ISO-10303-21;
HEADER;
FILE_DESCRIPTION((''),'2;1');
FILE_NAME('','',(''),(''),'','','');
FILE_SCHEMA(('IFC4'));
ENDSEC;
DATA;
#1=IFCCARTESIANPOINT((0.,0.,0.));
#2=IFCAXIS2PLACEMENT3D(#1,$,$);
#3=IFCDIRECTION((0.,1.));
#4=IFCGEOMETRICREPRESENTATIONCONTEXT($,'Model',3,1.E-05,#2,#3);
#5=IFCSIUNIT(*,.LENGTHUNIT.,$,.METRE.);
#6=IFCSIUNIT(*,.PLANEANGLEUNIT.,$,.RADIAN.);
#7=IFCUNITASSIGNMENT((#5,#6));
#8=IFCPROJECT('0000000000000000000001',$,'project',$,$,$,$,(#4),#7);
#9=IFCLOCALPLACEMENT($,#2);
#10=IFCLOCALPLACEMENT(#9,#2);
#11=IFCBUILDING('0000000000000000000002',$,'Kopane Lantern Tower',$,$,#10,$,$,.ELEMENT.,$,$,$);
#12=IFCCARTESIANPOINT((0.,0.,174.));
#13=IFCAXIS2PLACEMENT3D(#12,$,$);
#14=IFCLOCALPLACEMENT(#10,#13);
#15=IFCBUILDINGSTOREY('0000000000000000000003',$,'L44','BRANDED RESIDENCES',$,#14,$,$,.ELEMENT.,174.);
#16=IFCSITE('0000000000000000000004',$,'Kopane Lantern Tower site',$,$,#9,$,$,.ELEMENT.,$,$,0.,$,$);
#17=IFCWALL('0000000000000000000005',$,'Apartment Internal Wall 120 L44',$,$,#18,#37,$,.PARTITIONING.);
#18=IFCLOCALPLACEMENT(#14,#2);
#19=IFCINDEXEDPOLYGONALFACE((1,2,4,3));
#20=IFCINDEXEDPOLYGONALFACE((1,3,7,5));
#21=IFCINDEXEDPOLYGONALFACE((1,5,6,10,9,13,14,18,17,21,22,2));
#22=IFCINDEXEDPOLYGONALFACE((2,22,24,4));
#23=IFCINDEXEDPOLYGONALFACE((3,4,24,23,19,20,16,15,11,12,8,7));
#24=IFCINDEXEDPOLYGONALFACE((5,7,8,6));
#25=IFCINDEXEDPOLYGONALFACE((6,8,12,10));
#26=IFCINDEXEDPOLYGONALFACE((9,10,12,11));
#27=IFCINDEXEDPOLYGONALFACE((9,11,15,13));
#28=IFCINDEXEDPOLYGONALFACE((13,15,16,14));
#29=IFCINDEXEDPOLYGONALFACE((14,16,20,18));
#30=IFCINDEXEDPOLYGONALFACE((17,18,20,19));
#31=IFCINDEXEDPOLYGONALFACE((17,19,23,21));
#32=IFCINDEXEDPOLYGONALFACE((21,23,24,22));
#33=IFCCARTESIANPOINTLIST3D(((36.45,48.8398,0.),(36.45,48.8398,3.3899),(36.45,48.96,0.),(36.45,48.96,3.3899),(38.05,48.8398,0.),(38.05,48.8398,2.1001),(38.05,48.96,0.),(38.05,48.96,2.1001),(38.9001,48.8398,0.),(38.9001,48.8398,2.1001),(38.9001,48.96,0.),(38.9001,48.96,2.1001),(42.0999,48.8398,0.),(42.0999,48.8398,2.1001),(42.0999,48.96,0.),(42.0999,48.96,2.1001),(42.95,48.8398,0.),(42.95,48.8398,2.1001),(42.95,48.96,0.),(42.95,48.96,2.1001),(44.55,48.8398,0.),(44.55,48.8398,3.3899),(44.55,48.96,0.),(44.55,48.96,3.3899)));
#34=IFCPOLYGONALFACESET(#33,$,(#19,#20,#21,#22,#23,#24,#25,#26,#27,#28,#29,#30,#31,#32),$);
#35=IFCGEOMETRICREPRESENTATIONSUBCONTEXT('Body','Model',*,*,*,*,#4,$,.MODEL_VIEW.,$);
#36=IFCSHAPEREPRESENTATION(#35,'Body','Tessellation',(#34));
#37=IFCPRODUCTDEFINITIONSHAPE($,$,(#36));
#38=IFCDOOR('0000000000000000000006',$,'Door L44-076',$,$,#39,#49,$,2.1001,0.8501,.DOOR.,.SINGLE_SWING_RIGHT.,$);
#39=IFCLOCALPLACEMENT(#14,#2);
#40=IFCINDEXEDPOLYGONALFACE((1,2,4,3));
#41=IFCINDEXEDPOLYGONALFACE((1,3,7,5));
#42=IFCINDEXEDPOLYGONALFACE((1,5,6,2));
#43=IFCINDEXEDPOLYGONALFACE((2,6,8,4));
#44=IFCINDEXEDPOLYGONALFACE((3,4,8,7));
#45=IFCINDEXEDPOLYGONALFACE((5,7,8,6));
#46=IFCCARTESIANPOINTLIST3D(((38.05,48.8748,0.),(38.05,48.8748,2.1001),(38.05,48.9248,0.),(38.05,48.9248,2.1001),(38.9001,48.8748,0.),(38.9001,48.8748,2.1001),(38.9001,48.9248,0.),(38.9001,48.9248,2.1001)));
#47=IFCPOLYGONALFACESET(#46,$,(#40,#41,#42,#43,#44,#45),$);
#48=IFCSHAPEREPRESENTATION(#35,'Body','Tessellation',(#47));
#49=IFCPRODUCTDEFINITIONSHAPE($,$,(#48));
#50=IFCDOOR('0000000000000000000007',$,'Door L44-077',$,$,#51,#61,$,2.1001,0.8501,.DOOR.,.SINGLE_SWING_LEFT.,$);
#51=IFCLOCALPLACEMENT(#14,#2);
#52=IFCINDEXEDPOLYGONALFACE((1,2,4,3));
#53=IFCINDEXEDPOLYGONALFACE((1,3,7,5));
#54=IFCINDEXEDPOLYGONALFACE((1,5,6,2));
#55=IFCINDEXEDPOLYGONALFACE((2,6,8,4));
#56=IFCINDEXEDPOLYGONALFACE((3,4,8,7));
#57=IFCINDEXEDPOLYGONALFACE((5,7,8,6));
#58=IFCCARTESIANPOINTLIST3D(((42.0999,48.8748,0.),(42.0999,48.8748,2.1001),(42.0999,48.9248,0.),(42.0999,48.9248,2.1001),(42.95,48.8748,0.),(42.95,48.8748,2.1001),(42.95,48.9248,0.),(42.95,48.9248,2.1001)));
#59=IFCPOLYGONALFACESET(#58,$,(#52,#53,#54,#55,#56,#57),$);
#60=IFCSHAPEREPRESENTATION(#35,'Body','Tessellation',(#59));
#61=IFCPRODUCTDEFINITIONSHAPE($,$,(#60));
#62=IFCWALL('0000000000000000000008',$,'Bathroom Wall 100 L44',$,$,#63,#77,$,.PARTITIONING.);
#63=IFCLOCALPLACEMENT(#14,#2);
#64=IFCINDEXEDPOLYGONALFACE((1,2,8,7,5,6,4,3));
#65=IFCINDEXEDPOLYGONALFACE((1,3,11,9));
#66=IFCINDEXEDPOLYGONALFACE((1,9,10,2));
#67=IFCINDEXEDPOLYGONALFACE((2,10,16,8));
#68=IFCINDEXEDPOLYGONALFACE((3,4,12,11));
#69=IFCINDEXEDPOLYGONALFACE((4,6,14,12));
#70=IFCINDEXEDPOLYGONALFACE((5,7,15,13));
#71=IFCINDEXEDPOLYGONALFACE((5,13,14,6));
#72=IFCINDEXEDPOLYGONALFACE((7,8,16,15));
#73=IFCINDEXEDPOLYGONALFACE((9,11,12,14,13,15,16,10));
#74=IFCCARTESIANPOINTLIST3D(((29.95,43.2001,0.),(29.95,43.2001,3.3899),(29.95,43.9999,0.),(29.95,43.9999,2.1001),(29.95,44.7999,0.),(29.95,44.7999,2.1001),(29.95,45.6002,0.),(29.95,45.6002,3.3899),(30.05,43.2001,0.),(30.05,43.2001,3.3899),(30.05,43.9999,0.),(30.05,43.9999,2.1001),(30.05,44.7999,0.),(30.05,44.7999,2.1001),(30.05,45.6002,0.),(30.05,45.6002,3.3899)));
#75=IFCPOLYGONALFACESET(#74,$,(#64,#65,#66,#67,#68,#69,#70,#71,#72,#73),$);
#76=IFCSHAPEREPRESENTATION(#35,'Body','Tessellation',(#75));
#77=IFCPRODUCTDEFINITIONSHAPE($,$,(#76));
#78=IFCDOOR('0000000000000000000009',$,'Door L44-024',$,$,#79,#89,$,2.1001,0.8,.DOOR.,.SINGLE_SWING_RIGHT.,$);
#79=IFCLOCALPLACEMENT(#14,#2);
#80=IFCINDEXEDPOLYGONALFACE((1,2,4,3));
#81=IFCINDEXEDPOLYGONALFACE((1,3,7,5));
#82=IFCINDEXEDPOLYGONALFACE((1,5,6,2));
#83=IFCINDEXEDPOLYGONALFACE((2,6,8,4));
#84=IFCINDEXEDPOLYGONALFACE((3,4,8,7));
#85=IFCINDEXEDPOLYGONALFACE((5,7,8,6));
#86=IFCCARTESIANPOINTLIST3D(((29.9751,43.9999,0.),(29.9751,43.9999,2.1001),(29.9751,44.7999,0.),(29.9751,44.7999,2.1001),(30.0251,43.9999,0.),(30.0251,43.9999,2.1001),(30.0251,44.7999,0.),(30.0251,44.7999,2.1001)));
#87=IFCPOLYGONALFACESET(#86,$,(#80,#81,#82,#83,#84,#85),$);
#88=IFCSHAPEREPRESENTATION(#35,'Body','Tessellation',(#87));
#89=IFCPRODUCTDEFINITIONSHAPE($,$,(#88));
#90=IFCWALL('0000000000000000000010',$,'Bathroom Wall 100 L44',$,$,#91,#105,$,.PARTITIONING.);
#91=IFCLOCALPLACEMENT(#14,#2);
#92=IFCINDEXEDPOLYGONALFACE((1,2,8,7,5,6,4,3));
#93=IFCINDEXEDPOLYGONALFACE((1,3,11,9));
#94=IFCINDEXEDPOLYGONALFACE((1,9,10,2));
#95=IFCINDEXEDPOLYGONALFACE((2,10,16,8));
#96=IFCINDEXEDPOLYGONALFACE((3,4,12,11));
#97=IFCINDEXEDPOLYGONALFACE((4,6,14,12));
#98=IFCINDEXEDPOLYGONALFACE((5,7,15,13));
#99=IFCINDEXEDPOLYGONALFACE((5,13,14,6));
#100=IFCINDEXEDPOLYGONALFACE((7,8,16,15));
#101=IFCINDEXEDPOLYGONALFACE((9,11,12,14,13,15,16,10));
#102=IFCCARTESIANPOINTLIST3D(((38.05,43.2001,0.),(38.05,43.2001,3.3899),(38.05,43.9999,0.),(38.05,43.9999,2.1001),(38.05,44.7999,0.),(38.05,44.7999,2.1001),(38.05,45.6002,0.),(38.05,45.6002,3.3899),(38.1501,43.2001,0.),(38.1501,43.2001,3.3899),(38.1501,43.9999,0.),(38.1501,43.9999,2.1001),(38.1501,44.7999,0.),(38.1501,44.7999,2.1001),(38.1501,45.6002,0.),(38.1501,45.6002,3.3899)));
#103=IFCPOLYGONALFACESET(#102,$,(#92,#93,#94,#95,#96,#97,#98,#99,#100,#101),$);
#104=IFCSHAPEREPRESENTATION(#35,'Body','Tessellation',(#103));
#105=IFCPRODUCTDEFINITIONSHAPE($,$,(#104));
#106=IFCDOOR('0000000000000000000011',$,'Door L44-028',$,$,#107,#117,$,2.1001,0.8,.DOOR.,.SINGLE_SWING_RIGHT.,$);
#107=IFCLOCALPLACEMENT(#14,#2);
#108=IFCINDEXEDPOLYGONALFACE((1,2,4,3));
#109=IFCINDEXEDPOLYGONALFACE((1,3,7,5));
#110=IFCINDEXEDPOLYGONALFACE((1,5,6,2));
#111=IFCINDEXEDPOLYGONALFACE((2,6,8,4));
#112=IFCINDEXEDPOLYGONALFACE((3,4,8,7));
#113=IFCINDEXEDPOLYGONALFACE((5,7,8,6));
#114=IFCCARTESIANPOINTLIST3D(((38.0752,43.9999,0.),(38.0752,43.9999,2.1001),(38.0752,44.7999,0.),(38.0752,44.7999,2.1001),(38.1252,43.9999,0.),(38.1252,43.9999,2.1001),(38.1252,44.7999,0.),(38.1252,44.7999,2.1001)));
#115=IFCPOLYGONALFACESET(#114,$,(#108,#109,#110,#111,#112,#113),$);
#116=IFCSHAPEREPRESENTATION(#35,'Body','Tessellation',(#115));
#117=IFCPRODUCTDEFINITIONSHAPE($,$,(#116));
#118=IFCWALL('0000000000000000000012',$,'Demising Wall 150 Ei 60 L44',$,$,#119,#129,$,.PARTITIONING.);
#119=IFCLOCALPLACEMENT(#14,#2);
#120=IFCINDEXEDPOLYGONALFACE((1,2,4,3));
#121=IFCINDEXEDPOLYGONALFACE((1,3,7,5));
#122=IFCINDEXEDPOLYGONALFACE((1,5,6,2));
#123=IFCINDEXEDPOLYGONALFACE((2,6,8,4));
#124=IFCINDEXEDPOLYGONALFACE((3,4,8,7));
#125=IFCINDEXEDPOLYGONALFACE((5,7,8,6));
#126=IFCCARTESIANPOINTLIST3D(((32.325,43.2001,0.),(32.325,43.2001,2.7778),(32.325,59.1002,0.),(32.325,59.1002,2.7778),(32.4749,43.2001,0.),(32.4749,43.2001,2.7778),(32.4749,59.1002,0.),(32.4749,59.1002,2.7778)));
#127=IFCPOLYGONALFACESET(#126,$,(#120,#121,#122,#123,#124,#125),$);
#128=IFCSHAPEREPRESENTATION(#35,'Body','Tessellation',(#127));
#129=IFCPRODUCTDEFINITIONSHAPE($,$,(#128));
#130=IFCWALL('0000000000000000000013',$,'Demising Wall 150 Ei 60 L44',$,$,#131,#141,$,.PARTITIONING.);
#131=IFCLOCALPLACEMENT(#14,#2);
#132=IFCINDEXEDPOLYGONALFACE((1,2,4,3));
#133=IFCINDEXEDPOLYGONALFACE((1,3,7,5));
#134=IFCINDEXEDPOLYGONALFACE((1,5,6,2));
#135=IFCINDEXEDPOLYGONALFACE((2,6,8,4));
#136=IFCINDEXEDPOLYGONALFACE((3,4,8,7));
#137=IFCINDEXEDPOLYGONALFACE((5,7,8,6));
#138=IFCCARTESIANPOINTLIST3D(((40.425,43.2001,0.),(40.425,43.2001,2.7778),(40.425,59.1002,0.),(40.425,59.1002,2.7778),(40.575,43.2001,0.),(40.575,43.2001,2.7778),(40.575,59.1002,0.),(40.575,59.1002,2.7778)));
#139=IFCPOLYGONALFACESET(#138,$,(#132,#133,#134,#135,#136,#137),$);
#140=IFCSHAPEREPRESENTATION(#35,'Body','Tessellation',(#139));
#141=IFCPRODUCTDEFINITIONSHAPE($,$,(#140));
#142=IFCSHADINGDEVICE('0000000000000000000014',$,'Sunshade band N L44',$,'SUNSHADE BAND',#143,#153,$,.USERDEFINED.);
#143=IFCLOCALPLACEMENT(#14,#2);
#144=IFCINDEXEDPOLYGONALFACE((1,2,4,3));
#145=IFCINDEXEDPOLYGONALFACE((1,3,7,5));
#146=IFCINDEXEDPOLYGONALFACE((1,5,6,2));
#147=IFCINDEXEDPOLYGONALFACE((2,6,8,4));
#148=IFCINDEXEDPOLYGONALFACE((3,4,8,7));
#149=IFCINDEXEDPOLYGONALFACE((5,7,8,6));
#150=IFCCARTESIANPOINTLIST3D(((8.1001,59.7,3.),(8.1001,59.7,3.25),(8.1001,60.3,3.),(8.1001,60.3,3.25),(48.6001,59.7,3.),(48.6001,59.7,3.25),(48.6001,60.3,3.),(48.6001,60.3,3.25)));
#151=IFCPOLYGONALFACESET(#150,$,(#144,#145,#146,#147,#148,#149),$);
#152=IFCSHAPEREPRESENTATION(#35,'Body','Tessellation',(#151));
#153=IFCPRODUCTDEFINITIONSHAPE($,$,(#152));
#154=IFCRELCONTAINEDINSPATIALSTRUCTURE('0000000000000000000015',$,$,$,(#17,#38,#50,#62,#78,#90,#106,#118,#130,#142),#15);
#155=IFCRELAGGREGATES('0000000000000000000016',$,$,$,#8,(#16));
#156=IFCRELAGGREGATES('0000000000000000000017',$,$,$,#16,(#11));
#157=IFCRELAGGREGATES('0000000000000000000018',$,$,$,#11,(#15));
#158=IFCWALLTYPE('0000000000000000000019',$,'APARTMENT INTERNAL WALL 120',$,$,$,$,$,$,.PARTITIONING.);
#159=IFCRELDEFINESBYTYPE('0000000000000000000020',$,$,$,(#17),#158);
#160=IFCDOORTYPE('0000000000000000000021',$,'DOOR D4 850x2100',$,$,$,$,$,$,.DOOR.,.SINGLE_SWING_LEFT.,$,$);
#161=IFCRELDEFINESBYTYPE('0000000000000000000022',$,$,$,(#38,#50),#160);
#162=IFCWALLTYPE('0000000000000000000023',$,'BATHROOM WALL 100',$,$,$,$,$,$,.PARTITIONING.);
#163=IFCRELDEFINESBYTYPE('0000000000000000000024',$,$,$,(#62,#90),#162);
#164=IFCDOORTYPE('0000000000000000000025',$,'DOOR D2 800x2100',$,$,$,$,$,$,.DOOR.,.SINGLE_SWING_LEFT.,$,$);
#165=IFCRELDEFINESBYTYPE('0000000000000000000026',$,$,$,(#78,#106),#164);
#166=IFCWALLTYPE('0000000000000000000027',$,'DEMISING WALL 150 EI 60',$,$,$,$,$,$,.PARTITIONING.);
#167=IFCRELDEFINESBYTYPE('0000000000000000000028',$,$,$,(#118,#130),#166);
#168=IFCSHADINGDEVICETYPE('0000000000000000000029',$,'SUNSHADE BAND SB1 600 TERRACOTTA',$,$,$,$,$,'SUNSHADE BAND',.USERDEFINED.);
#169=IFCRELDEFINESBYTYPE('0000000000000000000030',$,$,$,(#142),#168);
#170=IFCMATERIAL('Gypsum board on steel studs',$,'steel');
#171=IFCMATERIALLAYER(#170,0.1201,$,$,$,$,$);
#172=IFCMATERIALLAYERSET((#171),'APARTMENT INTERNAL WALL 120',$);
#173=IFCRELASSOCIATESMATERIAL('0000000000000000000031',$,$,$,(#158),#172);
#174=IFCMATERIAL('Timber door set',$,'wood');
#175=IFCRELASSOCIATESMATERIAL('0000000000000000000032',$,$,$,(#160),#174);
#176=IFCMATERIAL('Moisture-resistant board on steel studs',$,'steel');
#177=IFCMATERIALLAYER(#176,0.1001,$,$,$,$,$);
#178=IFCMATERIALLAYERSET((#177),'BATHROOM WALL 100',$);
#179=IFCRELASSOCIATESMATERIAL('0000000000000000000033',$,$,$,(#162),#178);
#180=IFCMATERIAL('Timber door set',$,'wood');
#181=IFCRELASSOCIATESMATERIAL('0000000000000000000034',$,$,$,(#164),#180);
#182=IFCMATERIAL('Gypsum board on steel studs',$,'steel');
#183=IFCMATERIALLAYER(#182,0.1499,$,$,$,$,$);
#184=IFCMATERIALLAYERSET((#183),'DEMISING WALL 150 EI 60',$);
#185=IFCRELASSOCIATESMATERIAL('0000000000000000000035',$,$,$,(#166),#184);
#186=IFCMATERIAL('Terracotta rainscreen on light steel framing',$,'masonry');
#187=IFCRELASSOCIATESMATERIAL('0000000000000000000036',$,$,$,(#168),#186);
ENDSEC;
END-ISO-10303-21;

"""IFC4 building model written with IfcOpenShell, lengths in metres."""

from ifc_helpers import new_model, si_unit, direction, frame, frame_2d, origin, origin_2d, place, context, subcontext, project, spatial, rectangle, extrude, material, layer, layer_set, type_object, element, fill, save


model = new_model("IFC4")

# Units and contexts
model_context = context("Model", 3, precision=1e-05, world=origin(), true_north=direction((0.0, 1.0)))
body_context = subcontext(model_context, "Body", "Model", "MODEL_VIEW")
ifc_project = project(units=[si_unit("LENGTHUNIT", "METRE"), si_unit("PLANEANGLEUNIT", "RADIAN")], contexts=[model_context])

# Site, building, storey
site_placement = place(None, origin())
site = spatial("IfcSite", under=ifc_project, at=site_placement, Name="Kopane Lantern Tower site", CompositionType="ELEMENT", RefElevation=0.0)
building_placement = place(site_placement, origin())
building = spatial("IfcBuilding", under=site, at=building_placement, Name="Kopane Lantern Tower", CompositionType="ELEMENT")
storey_placement = place(building_placement, frame((0.0, 0.0, 174.0)))
storey = spatial("IfcBuildingStorey", under=building, at=storey_placement, Name="L44", Description="BRANDED RESIDENCES", CompositionType="ELEMENT", Elevation=174.0)

# Shared definitions
ifc_material_1 = material(Name="Gypsum board on steel studs", Category="steel")
ifc_layer_1 = layer(ifc_material_1, 0.1201)
ifc_layer_set_1 = layer_set([ifc_layer_1], Name="APARTMENT INTERNAL WALL 120")
wall_type_1 = type_object("IfcWallType", Name="APARTMENT INTERNAL WALL 120", PredefinedType="PARTITIONING", material=ifc_layer_set_1)

# Shared definitions
ifc_material_2 = material(Name="Timber door set", Category="wood")
door_type_1 = type_object("IfcDoorType", Name="DOOR D4 850x2100", OperationType="SINGLE_SWING_LEFT", PredefinedType="DOOR", material=ifc_material_2)

# Wall, openings, doors
wall_1_placement = place(storey_placement, frame((36.45, 48.8999, 0.0), z_axis=(0.0, 0.0, 1.0), x_axis=(1.0, 0.0, 0.0)))
wall_1 = element("IfcWall", 1, at=wall_1_placement, inside=storey, type_object=wall_type_1, Name="Apartment Internal Wall 120 L44", PredefinedType="PARTITIONING", context=body_context, shape_type="SweptSolid", body=[
    extrude(rectangle(XDim=8.1001, YDim=0.1201, at=frame_2d((4.05, 0.0))), origin(), (0.0, 0.0, 1.0), 3.3899),
])
opening_1_placement = place(wall_1_placement, frame((1.6001, 0.0, 0.0)))
opening_1 = element("IfcOpeningElement", 2, at=opening_1_placement, cuts=wall_1, PredefinedType="OPENING", context=body_context, shape_type="SweptSolid", body=[
    extrude(rectangle(XDim=0.8501, YDim=2.1001, at=frame_2d((0.425, 1.05))), frame((0.0, 0.0701, 0.0), z_axis=(0.0, -1.0, 0.0), x_axis=(1.0, 0.0, 0.0)), (0.0, 0.0, 1.0), 0.1401),
])
opening_2_placement = place(wall_1_placement, frame((5.6499, 0.0, 0.0)))
opening_2 = element("IfcOpeningElement", 3, at=opening_2_placement, cuts=wall_1, PredefinedType="OPENING", context=body_context, shape_type="SweptSolid", body=[
    extrude(rectangle(XDim=0.8501, YDim=2.1001, at=frame_2d((0.425, 1.05))), frame((0.0, 0.0701, 0.0), z_axis=(0.0, -1.0, 0.0), x_axis=(1.0, 0.0, 0.0)), (0.0, 0.0, 1.0), 0.1401),
])
door_1_placement = place(opening_1_placement, origin())
door_1 = element("IfcDoor", 4, at=door_1_placement, inside=storey, type_object=door_type_1, Name="Door L44-076", OperationType="SINGLE_SWING_RIGHT", OverallHeight=2.1001, OverallWidth=0.8501, PredefinedType="DOOR", context=body_context, shape_type="SweptSolid", body=[
    extrude(rectangle(XDim=0.8501, YDim=2.1001, at=frame_2d((0.425, 1.05))), frame((0.0, 0.0249, 0.0), z_axis=(0.0, -1.0, 0.0), x_axis=(1.0, 0.0, 0.0)), (0.0, 0.0, 1.0), 0.05),
])
fill(opening_1, door_1)
door_2_placement = place(opening_2_placement, origin())
door_2 = element("IfcDoor", 5, at=door_2_placement, inside=storey, type_object=door_type_1, Name="Door L44-077", OperationType="SINGLE_SWING_LEFT", OverallHeight=2.1001, OverallWidth=0.8501, PredefinedType="DOOR", context=body_context, shape_type="SweptSolid", body=[
    extrude(rectangle(XDim=0.8501, YDim=2.1001, at=frame_2d((0.425, 1.05))), frame((0.0, 0.0249, 0.0), z_axis=(0.0, -1.0, 0.0), x_axis=(1.0, 0.0, 0.0)), (0.0, 0.0, 1.0), 0.05),
])
fill(opening_2, door_2)

# Walls, openings, doors
ifc_material_3 = material(Name="Moisture-resistant board on steel studs", Category="steel")
ifc_layer_2 = layer(ifc_material_3, 0.1001)
ifc_layer_set_2 = layer_set([ifc_layer_2], Name="BATHROOM WALL 100")
wall_type_2 = type_object("IfcWallType", Name="BATHROOM WALL 100", PredefinedType="PARTITIONING", material=ifc_layer_set_2)
wall_2_placement = place(storey_placement, frame((30.0, 43.2, 0.0), z_axis=(0.0, 0.0, 1.0), x_axis=(0.0, 1.0, 0.0)))
wall_2 = element("IfcWall", 6, at=wall_2_placement, inside=storey, type_object=wall_type_2, Name="Bathroom Wall 100 L44", PredefinedType="PARTITIONING", context=body_context, shape_type="SweptSolid", body=[
    extrude(rectangle(XDim=2.4001, YDim=0.1001, at=frame_2d((1.2002, 0.0))), origin(), (0.0, 0.0, 1.0), 3.3899),
])
opening_3_placement = place(wall_2_placement, frame((0.8, 0.0, 0.0)))
opening_3 = element("IfcOpeningElement", 7, at=opening_3_placement, cuts=wall_2, PredefinedType="OPENING", context=body_context, shape_type="SweptSolid", body=[
    extrude(rectangle(XDim=0.8, YDim=2.1001, at=frame_2d((0.3999, 1.05))), frame((0.0, 0.0601, 0.0), z_axis=(0.0, -1.0, 0.0), x_axis=(1.0, 0.0, 0.0)), (0.0, 0.0, 1.0), 0.1201),
])
ifc_material_4 = material(Name="Timber door set", Category="wood")
door_type_2 = type_object("IfcDoorType", Name="DOOR D2 800x2100", OperationType="SINGLE_SWING_LEFT", PredefinedType="DOOR", material=ifc_material_4)
door_3_placement = place(opening_3_placement, origin())
door_3 = element("IfcDoor", 8, at=door_3_placement, inside=storey, type_object=door_type_2, Name="Door L44-024", OperationType="SINGLE_SWING_RIGHT", OverallHeight=2.1001, OverallWidth=0.8, PredefinedType="DOOR", context=body_context, shape_type="SweptSolid", body=[
    extrude(rectangle(XDim=0.8, YDim=2.1001, at=frame_2d((0.3999, 1.05))), frame((0.0, 0.0249, 0.0), z_axis=(0.0, -1.0, 0.0), x_axis=(1.0, 0.0, 0.0)), (0.0, 0.0, 1.0), 0.05),
])
fill(opening_3, door_3)
wall_3_placement = place(storey_placement, frame((38.1001, 43.2, 0.0), z_axis=(0.0, 0.0, 1.0), x_axis=(0.0, 1.0, 0.0)))
wall_3 = element("IfcWall", 9, at=wall_3_placement, inside=storey, type_object=wall_type_2, Name="Bathroom Wall 100 L44", PredefinedType="PARTITIONING", context=body_context, shape_type="SweptSolid", body=[
    extrude(rectangle(XDim=2.4001, YDim=0.1001, at=frame_2d((1.2002, 0.0))), origin(), (0.0, 0.0, 1.0), 3.3899),
])
opening_4_placement = place(wall_3_placement, frame((0.8, 0.0, 0.0)))
opening_4 = element("IfcOpeningElement", 10, at=opening_4_placement, cuts=wall_3, PredefinedType="OPENING", context=body_context, shape_type="SweptSolid", body=[
    extrude(rectangle(XDim=0.8, YDim=2.1001, at=frame_2d((0.3999, 1.05))), frame((0.0, 0.0601, 0.0), z_axis=(0.0, -1.0, 0.0), x_axis=(1.0, 0.0, 0.0)), (0.0, 0.0, 1.0), 0.1201),
])
door_4_placement = place(opening_4_placement, origin())
door_4 = element("IfcDoor", 11, at=door_4_placement, inside=storey, type_object=door_type_2, Name="Door L44-028", OperationType="SINGLE_SWING_RIGHT", OverallHeight=2.1001, OverallWidth=0.8, PredefinedType="DOOR", context=body_context, shape_type="SweptSolid", body=[
    extrude(rectangle(XDim=0.8, YDim=2.1001, at=frame_2d((0.3999, 1.05))), frame((0.0, 0.0249, 0.0), z_axis=(0.0, -1.0, 0.0), x_axis=(1.0, 0.0, 0.0)), (0.0, 0.0, 1.0), 0.05),
])
fill(opening_4, door_4)

# Walls
ifc_material_5 = material(Name="Gypsum board on steel studs", Category="steel")
ifc_layer_3 = layer(ifc_material_5, 0.1499)
ifc_layer_set_3 = layer_set([ifc_layer_3], Name="DEMISING WALL 150 EI 60")
wall_type_3 = type_object("IfcWallType", Name="DEMISING WALL 150 EI 60", PredefinedType="PARTITIONING", material=ifc_layer_set_3)
for number, where, z_axis, x_axis, name in (
    (12, (32.3999, 43.2, 0.0), (0.0, 0.0, 1.0), (0.0, 1.0, 0.0), "Demising Wall 150 Ei 60 L44"),
    (13, (40.5, 43.2, 0.0), (0.0, 0.0, 1.0), (0.0, 1.0, 0.0), "Demising Wall 150 Ei 60 L44"),
):
    element("IfcWall", number, at=place(storey_placement, frame(where, z_axis=z_axis, x_axis=x_axis)), inside=storey, type_object=wall_type_3, Name=name, PredefinedType="PARTITIONING", context=body_context, shape_type="SweptSolid", body=[
        extrude(rectangle(XDim=15.9001, YDim=0.1499, at=frame_2d((7.9502, 0.0))), origin(), (0.0, 0.0, 1.0), 2.7778),
    ])

# Shading device
ifc_material_6 = material(Name="Terracotta rainscreen on light steel framing", Category="masonry")
shading_device_type = type_object("IfcShadingDeviceType", Name="SUNSHADE BAND SB1 600 TERRACOTTA", ElementType="SUNSHADE BAND", PredefinedType="USERDEFINED", material=ifc_material_6)
shading_device_placement = place(storey_placement, frame((28.3501, 60.0, 3.0), z_axis=(0.0, 0.0, 1.0), x_axis=(-1.0, 0.0, 0.0)))
element("IfcShadingDevice", 14, at=shading_device_placement, inside=storey, type_object=shading_device_type, Name="Sunshade band N L44", ObjectType="SUNSHADE BAND", PredefinedType="USERDEFINED", context=body_context, shape_type="SweptSolid", body=[
    extrude(rectangle(XDim=40.5, YDim=0.6001, at=origin_2d()), origin(), (0.0, 0.0, 1.0), 0.25),
])

save(model, "model.ifc")
